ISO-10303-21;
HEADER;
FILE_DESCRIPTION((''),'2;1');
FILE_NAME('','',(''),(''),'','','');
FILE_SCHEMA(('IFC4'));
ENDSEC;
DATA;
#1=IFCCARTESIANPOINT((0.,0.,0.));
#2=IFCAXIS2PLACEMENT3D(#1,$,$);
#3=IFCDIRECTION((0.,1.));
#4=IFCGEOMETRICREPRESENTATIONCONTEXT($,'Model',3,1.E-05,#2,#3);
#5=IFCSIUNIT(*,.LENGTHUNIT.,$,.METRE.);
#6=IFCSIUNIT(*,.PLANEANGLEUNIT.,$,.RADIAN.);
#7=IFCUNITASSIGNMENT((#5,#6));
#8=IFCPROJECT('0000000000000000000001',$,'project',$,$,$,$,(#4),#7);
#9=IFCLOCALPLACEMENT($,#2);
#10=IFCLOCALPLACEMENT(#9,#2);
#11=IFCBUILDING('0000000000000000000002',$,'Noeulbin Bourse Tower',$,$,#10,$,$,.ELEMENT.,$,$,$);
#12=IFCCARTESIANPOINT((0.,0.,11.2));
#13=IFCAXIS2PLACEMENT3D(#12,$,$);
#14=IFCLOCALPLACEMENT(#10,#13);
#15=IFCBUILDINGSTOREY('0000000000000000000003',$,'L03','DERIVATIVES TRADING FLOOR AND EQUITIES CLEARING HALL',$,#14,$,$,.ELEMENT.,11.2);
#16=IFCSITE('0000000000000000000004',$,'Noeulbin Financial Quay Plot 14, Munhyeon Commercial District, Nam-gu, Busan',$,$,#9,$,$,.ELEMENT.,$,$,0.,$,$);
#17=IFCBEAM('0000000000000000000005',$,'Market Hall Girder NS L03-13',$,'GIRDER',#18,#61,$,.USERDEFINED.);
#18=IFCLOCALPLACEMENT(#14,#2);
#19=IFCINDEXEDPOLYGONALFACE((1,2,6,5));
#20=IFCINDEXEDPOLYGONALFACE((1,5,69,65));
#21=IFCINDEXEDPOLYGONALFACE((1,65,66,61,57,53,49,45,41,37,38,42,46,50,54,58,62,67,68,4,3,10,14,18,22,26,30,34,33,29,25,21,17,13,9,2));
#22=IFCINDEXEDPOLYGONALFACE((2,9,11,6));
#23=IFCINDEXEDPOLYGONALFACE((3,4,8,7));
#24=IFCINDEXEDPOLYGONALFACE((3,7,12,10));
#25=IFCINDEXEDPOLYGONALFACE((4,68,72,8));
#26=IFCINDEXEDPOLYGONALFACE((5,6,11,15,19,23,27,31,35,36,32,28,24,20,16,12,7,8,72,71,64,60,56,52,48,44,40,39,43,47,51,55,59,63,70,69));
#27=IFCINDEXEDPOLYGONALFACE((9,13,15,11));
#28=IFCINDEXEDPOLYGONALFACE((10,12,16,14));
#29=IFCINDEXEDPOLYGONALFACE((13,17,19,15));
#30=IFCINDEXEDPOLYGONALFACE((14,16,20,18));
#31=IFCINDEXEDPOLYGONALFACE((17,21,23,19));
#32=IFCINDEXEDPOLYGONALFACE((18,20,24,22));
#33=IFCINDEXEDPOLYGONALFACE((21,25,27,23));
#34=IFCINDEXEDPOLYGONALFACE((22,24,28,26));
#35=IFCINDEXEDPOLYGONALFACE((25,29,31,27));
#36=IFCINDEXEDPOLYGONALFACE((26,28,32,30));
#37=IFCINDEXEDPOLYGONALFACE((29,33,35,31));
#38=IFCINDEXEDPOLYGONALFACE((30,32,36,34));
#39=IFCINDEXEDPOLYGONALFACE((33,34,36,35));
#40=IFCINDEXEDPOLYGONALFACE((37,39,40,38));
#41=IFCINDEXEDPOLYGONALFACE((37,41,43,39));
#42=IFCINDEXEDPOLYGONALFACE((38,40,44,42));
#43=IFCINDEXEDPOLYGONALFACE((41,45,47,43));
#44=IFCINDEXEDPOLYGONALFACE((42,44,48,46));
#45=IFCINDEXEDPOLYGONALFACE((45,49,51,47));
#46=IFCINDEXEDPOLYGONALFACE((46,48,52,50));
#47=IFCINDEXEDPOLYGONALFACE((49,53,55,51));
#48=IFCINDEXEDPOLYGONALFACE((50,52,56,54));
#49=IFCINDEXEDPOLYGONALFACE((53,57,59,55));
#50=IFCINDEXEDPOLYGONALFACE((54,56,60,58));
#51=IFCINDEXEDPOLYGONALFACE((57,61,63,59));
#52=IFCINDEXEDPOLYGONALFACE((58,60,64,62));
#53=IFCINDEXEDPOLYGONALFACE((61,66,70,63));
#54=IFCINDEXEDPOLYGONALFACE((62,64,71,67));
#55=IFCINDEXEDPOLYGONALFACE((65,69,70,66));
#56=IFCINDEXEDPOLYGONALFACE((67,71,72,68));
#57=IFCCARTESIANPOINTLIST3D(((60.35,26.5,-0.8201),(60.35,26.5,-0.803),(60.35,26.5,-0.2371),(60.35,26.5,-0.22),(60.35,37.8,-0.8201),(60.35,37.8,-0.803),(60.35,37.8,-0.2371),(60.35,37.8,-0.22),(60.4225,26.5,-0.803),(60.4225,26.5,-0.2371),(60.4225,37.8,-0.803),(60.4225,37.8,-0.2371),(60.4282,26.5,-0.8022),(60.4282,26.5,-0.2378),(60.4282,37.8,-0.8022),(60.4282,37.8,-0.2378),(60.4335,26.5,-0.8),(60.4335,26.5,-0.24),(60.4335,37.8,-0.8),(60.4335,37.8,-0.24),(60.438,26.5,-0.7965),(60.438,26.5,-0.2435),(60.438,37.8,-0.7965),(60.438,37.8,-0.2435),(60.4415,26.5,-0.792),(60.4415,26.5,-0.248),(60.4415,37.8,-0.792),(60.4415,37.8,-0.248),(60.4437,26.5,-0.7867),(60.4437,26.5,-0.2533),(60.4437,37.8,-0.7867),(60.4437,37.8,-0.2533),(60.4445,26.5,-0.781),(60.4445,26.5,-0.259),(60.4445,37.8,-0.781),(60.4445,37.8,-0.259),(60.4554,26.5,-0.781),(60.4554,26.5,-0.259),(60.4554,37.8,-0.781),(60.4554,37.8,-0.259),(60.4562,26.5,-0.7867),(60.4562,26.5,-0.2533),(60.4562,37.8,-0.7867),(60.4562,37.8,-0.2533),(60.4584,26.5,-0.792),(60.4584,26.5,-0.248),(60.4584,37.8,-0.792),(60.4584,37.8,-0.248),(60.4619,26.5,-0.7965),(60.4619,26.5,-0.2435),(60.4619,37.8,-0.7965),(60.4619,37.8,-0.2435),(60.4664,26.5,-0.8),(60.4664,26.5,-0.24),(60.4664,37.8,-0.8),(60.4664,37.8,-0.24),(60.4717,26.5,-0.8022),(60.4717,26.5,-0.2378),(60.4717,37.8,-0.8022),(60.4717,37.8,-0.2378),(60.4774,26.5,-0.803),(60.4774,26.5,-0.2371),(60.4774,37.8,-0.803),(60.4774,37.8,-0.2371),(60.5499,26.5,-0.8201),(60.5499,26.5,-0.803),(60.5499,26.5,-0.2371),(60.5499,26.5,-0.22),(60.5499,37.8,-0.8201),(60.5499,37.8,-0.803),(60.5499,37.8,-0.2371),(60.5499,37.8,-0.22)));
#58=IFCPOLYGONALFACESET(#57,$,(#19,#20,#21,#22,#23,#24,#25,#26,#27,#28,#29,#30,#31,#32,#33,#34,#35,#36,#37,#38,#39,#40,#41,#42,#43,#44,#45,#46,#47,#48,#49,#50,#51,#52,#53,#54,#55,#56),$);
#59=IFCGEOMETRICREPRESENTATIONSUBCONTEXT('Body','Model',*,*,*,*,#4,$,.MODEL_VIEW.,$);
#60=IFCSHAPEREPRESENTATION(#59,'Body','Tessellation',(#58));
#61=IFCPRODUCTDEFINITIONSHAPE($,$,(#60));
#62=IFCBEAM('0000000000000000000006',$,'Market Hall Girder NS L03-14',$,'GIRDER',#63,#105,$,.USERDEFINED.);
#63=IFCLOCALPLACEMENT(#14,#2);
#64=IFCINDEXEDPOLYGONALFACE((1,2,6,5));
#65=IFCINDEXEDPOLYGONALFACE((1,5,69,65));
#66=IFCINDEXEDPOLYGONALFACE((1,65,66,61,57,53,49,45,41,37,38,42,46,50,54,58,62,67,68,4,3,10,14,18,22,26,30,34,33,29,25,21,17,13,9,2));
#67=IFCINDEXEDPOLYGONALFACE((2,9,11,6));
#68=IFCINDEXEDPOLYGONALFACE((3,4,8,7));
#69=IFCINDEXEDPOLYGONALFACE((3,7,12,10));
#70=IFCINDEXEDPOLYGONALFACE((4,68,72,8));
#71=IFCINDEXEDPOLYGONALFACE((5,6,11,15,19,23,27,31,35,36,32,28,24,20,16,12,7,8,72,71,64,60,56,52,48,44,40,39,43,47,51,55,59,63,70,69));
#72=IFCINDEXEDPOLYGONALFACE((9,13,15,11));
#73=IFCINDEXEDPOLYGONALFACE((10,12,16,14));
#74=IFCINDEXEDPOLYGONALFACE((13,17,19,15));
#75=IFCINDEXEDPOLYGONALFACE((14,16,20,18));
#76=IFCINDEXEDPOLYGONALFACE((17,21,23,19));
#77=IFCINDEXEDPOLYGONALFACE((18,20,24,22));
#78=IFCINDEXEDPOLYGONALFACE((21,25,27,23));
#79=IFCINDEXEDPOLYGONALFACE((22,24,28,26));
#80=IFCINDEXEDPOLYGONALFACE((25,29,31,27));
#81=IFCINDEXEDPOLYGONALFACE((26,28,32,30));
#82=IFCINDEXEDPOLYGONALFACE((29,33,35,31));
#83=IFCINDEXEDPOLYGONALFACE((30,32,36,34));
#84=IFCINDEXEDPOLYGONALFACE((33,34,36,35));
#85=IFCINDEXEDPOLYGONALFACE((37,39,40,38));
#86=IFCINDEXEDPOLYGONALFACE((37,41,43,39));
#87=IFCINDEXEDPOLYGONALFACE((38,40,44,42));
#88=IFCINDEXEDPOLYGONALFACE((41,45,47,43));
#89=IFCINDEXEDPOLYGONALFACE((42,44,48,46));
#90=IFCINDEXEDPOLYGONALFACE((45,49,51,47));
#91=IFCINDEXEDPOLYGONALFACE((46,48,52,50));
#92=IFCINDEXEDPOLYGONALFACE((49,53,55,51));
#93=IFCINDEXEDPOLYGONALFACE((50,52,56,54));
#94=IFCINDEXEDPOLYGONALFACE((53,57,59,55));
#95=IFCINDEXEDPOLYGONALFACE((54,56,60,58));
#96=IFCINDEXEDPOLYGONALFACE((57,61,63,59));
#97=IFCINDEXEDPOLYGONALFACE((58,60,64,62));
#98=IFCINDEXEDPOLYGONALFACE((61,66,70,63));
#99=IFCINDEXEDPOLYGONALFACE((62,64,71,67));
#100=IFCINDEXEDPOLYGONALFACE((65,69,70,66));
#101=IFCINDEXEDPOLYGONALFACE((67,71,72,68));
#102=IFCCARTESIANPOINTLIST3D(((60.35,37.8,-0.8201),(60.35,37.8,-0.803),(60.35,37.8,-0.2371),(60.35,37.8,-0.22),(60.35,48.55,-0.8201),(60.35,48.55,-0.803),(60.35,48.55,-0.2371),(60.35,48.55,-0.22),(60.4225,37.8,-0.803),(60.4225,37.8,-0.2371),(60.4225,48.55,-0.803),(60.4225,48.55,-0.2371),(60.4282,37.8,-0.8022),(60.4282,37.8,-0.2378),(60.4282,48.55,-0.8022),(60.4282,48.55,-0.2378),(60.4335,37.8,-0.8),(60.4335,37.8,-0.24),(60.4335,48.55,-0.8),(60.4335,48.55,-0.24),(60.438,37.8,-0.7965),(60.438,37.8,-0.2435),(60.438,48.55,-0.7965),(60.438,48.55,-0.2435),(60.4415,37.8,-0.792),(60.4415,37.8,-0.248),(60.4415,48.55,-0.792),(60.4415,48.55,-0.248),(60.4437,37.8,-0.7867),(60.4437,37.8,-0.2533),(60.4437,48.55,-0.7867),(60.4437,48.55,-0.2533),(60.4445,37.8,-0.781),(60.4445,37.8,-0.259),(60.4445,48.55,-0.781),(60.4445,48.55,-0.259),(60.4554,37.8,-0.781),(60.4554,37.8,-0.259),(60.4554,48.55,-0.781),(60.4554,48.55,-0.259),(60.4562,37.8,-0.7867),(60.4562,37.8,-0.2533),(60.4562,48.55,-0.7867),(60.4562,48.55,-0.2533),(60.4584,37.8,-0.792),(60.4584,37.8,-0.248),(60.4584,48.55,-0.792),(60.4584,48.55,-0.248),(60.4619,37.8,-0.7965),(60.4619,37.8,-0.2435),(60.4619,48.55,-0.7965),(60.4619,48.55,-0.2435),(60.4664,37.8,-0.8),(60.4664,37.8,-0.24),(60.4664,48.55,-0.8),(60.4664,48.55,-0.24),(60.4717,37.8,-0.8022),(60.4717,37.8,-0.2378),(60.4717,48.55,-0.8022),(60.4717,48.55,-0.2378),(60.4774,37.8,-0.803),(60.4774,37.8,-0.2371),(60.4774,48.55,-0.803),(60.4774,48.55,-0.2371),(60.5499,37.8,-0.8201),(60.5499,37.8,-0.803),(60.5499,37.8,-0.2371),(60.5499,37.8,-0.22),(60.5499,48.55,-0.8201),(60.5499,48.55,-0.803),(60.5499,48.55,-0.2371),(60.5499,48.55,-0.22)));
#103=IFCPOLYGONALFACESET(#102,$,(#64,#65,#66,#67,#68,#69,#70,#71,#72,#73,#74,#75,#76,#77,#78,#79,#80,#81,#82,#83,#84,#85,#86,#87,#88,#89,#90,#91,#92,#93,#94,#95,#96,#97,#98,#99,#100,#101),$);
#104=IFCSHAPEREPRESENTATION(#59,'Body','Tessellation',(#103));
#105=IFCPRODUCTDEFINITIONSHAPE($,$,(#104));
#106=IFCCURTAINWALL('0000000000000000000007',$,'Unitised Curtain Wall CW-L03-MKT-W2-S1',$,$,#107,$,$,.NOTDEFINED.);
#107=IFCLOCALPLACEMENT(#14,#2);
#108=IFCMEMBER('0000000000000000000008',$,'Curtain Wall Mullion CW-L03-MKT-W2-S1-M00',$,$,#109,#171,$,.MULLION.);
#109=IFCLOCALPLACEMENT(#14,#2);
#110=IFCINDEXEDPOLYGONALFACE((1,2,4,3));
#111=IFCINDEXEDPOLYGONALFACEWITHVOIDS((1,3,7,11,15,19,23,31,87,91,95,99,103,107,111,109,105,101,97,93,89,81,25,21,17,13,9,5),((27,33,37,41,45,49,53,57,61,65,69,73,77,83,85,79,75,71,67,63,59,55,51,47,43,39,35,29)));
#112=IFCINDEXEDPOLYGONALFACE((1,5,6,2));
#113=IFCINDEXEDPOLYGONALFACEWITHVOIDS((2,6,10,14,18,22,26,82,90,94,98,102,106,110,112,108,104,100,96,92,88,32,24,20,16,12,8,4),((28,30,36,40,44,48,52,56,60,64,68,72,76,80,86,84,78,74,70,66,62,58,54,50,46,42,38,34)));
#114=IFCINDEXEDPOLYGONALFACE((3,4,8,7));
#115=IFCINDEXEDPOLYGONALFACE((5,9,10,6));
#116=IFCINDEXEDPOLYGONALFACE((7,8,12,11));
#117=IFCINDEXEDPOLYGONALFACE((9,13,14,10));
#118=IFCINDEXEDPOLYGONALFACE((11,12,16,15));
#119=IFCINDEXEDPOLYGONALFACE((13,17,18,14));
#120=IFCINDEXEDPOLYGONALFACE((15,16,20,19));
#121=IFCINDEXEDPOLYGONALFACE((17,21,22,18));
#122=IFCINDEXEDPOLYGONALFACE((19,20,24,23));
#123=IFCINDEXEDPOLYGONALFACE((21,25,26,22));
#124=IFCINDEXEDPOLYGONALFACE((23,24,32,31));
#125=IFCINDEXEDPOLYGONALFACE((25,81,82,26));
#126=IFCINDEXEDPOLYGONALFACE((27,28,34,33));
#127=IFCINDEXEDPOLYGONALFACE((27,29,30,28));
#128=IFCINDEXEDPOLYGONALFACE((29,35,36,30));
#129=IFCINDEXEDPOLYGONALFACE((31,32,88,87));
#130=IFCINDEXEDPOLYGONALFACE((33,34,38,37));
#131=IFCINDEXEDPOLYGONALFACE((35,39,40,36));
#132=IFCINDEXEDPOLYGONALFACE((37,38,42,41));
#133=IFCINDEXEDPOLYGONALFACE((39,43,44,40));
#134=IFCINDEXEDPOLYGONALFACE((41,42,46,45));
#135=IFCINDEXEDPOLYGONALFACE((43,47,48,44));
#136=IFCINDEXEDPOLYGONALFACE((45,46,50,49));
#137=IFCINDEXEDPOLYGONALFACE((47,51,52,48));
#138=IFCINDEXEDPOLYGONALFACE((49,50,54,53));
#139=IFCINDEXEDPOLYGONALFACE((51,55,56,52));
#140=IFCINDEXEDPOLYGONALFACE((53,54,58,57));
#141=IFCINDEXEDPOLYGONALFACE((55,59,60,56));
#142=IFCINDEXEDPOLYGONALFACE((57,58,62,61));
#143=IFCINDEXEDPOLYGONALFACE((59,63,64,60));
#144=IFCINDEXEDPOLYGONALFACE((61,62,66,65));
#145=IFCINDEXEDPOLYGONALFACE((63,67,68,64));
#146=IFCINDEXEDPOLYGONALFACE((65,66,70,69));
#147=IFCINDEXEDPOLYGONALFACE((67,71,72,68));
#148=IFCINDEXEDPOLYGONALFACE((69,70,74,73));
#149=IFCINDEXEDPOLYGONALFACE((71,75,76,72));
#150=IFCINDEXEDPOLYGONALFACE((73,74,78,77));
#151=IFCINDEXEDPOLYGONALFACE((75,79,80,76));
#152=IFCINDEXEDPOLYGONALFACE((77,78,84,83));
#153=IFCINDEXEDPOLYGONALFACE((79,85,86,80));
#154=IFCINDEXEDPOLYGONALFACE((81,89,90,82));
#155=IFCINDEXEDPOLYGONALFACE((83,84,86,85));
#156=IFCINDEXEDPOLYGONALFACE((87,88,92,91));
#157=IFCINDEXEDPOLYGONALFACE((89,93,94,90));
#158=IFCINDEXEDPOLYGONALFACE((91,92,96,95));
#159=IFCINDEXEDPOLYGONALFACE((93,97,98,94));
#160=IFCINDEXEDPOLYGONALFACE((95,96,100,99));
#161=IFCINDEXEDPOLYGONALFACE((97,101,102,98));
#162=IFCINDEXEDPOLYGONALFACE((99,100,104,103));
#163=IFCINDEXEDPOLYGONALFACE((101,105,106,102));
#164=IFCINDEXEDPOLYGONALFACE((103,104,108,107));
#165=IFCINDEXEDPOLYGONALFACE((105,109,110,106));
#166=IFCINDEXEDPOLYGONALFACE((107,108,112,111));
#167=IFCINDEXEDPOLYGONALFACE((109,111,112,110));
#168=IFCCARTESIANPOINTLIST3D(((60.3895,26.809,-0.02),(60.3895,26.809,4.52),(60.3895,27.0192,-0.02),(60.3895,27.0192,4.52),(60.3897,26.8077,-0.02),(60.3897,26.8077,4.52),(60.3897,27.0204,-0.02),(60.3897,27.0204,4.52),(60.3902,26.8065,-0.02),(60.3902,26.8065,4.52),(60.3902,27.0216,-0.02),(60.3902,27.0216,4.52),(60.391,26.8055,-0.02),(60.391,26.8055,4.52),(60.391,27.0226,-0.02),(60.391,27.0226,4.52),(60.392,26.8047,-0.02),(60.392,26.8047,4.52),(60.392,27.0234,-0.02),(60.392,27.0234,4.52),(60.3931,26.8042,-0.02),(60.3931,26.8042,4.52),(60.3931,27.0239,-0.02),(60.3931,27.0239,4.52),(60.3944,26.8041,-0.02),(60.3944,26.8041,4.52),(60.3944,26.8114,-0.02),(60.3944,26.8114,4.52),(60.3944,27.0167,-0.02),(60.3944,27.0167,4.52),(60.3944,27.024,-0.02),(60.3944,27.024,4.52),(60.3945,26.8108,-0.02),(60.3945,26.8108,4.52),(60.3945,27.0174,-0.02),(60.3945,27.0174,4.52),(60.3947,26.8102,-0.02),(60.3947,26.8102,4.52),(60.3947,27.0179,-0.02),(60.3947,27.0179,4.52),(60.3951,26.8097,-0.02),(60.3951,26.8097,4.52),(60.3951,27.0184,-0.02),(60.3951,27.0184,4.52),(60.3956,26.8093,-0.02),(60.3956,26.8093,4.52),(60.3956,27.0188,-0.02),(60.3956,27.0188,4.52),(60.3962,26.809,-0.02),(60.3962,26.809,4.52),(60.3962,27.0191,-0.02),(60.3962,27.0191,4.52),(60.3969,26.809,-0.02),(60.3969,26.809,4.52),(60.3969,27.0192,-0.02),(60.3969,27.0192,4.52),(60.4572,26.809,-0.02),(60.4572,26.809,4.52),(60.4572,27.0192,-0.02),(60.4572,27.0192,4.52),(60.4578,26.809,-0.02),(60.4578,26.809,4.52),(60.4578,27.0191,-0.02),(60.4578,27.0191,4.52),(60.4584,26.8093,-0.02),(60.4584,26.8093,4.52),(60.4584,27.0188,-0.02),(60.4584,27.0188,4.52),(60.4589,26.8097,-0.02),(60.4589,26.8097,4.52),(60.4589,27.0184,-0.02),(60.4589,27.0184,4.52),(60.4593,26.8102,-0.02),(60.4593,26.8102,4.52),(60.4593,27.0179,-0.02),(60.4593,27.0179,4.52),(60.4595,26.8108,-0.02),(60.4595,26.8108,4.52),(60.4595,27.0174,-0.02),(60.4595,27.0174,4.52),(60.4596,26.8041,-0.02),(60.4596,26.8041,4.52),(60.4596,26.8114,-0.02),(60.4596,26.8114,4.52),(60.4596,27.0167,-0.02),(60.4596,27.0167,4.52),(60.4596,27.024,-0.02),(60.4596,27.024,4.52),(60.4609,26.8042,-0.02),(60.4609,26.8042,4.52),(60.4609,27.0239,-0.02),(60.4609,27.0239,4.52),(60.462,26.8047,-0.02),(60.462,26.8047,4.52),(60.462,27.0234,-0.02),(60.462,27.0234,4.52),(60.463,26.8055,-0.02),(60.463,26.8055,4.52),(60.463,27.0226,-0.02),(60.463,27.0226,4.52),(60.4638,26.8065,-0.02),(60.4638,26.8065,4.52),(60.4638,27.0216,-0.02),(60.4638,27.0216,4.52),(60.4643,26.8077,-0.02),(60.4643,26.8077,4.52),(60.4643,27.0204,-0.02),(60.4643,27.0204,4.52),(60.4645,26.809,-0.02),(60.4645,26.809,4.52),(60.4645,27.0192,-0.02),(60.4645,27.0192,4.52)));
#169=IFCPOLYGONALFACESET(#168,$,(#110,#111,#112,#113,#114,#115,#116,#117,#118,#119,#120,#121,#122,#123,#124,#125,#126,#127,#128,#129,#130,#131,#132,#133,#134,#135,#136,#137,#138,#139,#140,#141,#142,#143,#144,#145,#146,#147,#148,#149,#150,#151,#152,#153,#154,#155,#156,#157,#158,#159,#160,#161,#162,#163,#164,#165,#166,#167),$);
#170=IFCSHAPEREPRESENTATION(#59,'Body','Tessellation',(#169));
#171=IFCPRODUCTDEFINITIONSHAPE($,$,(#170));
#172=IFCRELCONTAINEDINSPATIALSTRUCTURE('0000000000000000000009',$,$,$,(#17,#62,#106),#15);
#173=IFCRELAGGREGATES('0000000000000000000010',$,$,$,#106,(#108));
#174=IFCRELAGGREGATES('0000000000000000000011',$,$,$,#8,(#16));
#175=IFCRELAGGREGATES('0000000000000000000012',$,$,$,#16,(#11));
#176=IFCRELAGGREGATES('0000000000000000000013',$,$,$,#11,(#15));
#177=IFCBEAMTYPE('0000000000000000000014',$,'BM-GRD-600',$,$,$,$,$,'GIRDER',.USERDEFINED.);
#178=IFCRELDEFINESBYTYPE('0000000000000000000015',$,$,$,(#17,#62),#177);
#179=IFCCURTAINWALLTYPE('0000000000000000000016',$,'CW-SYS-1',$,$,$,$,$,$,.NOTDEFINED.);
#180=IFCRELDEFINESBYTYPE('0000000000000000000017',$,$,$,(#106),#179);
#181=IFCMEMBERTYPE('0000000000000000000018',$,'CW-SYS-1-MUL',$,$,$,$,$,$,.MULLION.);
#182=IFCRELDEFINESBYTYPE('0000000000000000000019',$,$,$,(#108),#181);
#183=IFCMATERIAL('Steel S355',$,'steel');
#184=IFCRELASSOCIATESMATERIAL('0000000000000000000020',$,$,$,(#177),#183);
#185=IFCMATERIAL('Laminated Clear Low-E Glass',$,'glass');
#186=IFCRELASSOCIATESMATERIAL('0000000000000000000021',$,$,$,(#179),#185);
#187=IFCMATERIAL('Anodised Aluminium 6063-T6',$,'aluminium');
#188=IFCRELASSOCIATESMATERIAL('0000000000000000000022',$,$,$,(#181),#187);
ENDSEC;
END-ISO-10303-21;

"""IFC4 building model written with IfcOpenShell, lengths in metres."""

from ifc_helpers import new_model, si_unit, direction, frame, origin, origin_2d, place, context, subcontext, project, spatial, hollow_rectangle, i_section, extrude, material, material_profile, profile_set, type_object, element, aggregate, save


model = new_model("IFC4")

# Units and contexts
model_context = context("Model", 3, precision=1e-05, world=origin(), true_north=direction((0.0, 1.0)))
body_context = subcontext(model_context, "Body", "Model", "MODEL_VIEW")
ifc_project = project(units=[si_unit("LENGTHUNIT", "METRE"), si_unit("PLANEANGLEUNIT", "RADIAN")], contexts=[model_context])

# Site, building, storey
site_placement = place(None, origin())
site = spatial("IfcSite", under=ifc_project, at=site_placement, Name="Noeulbin Financial Quay Plot 14, Munhyeon Commercial District, Nam-gu, Busan", CompositionType="ELEMENT", RefElevation=0.0)
building_placement = place(site_placement, origin())
building = spatial("IfcBuilding", under=site, at=building_placement, Name="Noeulbin Bourse Tower", CompositionType="ELEMENT")
storey_placement = place(building_placement, frame((0.0, 0.0, 11.2)))
storey = spatial("IfcBuildingStorey", under=building, at=storey_placement, Name="L03", Description="DERIVATIVES TRADING FLOOR AND EQUITIES CLEARING HALL", CompositionType="ELEMENT", Elevation=11.2)

# Shared definitions
ifc_material_1 = material(Name="Steel S355", Category="steel")

# Beams
ifc_material_profile_1 = material_profile(ifc_material_1, i_section(OverallWidth=0.2, OverallDepth=0.6001, WebThickness=0.011, FlangeThickness=0.0171, FilletRadius=0.022, at=origin_2d()), Name="H-600x200x11x17", Category="LoadBearing")
ifc_profile_set_1 = profile_set([ifc_material_profile_1], Name="Steel S355")
beam_type = type_object("IfcBeamType", Name="BM-GRD-600", ElementType="GIRDER", PredefinedType="USERDEFINED", material=ifc_profile_set_1)
beam_1_placement = place(storey_placement, frame((60.45, 26.5, -0.52), z_axis=(0.0, 1.0, 0.0), x_axis=(-1.0, 0.0, 0.0)))
element("IfcBeam", 1, at=beam_1_placement, inside=storey, type_object=beam_type, Name="Market Hall Girder NS L03-13", ObjectType="GIRDER", PredefinedType="USERDEFINED", context=body_context, shape_type="SweptSolid", body=[
    extrude(i_section(OverallWidth=0.2, OverallDepth=0.6001, WebThickness=0.011, FlangeThickness=0.0171, FilletRadius=0.022, at=origin_2d()), origin(), (0.0, 0.0, 1.0), 11.3),
])
beam_2_placement = place(storey_placement, frame((60.45, 37.8, -0.52), z_axis=(0.0, 1.0, 0.0), x_axis=(-1.0, 0.0, 0.0)))
element("IfcBeam", 2, at=beam_2_placement, inside=storey, type_object=beam_type, Name="Market Hall Girder NS L03-14", ObjectType="GIRDER", PredefinedType="USERDEFINED", context=body_context, shape_type="SweptSolid", body=[
    extrude(i_section(OverallWidth=0.2, OverallDepth=0.6001, WebThickness=0.011, FlangeThickness=0.0171, FilletRadius=0.022, at=origin_2d()), origin(), (0.0, 0.0, 1.0), 10.75),
])

# Curtain wall, member
ifc_material_2 = material(Name="Laminated Clear Low-E Glass", Category="glass")
curtain_wall_type_1 = type_object("IfcCurtainWallType", Name="CW-SYS-1", PredefinedType="NOTDEFINED", material=ifc_material_2)
curtain_wall_1_placement = place(storey_placement, origin())
curtain_wall_1 = element("IfcCurtainWall", 3, at=curtain_wall_1_placement, inside=storey, type_object=curtain_wall_type_1, Name="Unitised Curtain Wall CW-L03-MKT-W2-S1", PredefinedType="NOTDEFINED")
ifc_material_3 = material(Name="Anodised Aluminium 6063-T6", Category="aluminium")
ifc_material_profile_2 = material_profile(ifc_material_3, hollow_rectangle(XDim=0.075, YDim=0.22, WallThickness=0.0049, InnerFilletRadius=0.0024, OuterFilletRadius=0.0049, at=origin_2d()), Name="ALU-MULL-75x220x5", Category="LoadBearing")
ifc_profile_set_2 = profile_set([ifc_material_profile_2], Name="Anodised Aluminium 6063-T6")
member_type_1 = type_object("IfcMemberType", Name="CW-SYS-1-MUL", PredefinedType="MULLION", material=ifc_profile_set_2)
member_1_placement = place(storey_placement, frame((60.427, 26.9141, -0.02), z_axis=(0.0, 0.0, 1.0), x_axis=(1.0, 0.0, 0.0)))
member_1 = element("IfcMember", 4, at=member_1_placement, type_object=member_type_1, Name="Curtain Wall Mullion CW-L03-MKT-W2-S1-M00", PredefinedType="MULLION", context=body_context, shape_type="SweptSolid", body=[
    extrude(hollow_rectangle(XDim=0.075, YDim=0.22, WallThickness=0.0049, InnerFilletRadius=0.0024, OuterFilletRadius=0.0049, at=origin_2d()), origin(), (0.0, 0.0, 1.0), 4.54),
])

aggregate(curtain_wall_1, [member_1])

save(model, "model.ifc")
